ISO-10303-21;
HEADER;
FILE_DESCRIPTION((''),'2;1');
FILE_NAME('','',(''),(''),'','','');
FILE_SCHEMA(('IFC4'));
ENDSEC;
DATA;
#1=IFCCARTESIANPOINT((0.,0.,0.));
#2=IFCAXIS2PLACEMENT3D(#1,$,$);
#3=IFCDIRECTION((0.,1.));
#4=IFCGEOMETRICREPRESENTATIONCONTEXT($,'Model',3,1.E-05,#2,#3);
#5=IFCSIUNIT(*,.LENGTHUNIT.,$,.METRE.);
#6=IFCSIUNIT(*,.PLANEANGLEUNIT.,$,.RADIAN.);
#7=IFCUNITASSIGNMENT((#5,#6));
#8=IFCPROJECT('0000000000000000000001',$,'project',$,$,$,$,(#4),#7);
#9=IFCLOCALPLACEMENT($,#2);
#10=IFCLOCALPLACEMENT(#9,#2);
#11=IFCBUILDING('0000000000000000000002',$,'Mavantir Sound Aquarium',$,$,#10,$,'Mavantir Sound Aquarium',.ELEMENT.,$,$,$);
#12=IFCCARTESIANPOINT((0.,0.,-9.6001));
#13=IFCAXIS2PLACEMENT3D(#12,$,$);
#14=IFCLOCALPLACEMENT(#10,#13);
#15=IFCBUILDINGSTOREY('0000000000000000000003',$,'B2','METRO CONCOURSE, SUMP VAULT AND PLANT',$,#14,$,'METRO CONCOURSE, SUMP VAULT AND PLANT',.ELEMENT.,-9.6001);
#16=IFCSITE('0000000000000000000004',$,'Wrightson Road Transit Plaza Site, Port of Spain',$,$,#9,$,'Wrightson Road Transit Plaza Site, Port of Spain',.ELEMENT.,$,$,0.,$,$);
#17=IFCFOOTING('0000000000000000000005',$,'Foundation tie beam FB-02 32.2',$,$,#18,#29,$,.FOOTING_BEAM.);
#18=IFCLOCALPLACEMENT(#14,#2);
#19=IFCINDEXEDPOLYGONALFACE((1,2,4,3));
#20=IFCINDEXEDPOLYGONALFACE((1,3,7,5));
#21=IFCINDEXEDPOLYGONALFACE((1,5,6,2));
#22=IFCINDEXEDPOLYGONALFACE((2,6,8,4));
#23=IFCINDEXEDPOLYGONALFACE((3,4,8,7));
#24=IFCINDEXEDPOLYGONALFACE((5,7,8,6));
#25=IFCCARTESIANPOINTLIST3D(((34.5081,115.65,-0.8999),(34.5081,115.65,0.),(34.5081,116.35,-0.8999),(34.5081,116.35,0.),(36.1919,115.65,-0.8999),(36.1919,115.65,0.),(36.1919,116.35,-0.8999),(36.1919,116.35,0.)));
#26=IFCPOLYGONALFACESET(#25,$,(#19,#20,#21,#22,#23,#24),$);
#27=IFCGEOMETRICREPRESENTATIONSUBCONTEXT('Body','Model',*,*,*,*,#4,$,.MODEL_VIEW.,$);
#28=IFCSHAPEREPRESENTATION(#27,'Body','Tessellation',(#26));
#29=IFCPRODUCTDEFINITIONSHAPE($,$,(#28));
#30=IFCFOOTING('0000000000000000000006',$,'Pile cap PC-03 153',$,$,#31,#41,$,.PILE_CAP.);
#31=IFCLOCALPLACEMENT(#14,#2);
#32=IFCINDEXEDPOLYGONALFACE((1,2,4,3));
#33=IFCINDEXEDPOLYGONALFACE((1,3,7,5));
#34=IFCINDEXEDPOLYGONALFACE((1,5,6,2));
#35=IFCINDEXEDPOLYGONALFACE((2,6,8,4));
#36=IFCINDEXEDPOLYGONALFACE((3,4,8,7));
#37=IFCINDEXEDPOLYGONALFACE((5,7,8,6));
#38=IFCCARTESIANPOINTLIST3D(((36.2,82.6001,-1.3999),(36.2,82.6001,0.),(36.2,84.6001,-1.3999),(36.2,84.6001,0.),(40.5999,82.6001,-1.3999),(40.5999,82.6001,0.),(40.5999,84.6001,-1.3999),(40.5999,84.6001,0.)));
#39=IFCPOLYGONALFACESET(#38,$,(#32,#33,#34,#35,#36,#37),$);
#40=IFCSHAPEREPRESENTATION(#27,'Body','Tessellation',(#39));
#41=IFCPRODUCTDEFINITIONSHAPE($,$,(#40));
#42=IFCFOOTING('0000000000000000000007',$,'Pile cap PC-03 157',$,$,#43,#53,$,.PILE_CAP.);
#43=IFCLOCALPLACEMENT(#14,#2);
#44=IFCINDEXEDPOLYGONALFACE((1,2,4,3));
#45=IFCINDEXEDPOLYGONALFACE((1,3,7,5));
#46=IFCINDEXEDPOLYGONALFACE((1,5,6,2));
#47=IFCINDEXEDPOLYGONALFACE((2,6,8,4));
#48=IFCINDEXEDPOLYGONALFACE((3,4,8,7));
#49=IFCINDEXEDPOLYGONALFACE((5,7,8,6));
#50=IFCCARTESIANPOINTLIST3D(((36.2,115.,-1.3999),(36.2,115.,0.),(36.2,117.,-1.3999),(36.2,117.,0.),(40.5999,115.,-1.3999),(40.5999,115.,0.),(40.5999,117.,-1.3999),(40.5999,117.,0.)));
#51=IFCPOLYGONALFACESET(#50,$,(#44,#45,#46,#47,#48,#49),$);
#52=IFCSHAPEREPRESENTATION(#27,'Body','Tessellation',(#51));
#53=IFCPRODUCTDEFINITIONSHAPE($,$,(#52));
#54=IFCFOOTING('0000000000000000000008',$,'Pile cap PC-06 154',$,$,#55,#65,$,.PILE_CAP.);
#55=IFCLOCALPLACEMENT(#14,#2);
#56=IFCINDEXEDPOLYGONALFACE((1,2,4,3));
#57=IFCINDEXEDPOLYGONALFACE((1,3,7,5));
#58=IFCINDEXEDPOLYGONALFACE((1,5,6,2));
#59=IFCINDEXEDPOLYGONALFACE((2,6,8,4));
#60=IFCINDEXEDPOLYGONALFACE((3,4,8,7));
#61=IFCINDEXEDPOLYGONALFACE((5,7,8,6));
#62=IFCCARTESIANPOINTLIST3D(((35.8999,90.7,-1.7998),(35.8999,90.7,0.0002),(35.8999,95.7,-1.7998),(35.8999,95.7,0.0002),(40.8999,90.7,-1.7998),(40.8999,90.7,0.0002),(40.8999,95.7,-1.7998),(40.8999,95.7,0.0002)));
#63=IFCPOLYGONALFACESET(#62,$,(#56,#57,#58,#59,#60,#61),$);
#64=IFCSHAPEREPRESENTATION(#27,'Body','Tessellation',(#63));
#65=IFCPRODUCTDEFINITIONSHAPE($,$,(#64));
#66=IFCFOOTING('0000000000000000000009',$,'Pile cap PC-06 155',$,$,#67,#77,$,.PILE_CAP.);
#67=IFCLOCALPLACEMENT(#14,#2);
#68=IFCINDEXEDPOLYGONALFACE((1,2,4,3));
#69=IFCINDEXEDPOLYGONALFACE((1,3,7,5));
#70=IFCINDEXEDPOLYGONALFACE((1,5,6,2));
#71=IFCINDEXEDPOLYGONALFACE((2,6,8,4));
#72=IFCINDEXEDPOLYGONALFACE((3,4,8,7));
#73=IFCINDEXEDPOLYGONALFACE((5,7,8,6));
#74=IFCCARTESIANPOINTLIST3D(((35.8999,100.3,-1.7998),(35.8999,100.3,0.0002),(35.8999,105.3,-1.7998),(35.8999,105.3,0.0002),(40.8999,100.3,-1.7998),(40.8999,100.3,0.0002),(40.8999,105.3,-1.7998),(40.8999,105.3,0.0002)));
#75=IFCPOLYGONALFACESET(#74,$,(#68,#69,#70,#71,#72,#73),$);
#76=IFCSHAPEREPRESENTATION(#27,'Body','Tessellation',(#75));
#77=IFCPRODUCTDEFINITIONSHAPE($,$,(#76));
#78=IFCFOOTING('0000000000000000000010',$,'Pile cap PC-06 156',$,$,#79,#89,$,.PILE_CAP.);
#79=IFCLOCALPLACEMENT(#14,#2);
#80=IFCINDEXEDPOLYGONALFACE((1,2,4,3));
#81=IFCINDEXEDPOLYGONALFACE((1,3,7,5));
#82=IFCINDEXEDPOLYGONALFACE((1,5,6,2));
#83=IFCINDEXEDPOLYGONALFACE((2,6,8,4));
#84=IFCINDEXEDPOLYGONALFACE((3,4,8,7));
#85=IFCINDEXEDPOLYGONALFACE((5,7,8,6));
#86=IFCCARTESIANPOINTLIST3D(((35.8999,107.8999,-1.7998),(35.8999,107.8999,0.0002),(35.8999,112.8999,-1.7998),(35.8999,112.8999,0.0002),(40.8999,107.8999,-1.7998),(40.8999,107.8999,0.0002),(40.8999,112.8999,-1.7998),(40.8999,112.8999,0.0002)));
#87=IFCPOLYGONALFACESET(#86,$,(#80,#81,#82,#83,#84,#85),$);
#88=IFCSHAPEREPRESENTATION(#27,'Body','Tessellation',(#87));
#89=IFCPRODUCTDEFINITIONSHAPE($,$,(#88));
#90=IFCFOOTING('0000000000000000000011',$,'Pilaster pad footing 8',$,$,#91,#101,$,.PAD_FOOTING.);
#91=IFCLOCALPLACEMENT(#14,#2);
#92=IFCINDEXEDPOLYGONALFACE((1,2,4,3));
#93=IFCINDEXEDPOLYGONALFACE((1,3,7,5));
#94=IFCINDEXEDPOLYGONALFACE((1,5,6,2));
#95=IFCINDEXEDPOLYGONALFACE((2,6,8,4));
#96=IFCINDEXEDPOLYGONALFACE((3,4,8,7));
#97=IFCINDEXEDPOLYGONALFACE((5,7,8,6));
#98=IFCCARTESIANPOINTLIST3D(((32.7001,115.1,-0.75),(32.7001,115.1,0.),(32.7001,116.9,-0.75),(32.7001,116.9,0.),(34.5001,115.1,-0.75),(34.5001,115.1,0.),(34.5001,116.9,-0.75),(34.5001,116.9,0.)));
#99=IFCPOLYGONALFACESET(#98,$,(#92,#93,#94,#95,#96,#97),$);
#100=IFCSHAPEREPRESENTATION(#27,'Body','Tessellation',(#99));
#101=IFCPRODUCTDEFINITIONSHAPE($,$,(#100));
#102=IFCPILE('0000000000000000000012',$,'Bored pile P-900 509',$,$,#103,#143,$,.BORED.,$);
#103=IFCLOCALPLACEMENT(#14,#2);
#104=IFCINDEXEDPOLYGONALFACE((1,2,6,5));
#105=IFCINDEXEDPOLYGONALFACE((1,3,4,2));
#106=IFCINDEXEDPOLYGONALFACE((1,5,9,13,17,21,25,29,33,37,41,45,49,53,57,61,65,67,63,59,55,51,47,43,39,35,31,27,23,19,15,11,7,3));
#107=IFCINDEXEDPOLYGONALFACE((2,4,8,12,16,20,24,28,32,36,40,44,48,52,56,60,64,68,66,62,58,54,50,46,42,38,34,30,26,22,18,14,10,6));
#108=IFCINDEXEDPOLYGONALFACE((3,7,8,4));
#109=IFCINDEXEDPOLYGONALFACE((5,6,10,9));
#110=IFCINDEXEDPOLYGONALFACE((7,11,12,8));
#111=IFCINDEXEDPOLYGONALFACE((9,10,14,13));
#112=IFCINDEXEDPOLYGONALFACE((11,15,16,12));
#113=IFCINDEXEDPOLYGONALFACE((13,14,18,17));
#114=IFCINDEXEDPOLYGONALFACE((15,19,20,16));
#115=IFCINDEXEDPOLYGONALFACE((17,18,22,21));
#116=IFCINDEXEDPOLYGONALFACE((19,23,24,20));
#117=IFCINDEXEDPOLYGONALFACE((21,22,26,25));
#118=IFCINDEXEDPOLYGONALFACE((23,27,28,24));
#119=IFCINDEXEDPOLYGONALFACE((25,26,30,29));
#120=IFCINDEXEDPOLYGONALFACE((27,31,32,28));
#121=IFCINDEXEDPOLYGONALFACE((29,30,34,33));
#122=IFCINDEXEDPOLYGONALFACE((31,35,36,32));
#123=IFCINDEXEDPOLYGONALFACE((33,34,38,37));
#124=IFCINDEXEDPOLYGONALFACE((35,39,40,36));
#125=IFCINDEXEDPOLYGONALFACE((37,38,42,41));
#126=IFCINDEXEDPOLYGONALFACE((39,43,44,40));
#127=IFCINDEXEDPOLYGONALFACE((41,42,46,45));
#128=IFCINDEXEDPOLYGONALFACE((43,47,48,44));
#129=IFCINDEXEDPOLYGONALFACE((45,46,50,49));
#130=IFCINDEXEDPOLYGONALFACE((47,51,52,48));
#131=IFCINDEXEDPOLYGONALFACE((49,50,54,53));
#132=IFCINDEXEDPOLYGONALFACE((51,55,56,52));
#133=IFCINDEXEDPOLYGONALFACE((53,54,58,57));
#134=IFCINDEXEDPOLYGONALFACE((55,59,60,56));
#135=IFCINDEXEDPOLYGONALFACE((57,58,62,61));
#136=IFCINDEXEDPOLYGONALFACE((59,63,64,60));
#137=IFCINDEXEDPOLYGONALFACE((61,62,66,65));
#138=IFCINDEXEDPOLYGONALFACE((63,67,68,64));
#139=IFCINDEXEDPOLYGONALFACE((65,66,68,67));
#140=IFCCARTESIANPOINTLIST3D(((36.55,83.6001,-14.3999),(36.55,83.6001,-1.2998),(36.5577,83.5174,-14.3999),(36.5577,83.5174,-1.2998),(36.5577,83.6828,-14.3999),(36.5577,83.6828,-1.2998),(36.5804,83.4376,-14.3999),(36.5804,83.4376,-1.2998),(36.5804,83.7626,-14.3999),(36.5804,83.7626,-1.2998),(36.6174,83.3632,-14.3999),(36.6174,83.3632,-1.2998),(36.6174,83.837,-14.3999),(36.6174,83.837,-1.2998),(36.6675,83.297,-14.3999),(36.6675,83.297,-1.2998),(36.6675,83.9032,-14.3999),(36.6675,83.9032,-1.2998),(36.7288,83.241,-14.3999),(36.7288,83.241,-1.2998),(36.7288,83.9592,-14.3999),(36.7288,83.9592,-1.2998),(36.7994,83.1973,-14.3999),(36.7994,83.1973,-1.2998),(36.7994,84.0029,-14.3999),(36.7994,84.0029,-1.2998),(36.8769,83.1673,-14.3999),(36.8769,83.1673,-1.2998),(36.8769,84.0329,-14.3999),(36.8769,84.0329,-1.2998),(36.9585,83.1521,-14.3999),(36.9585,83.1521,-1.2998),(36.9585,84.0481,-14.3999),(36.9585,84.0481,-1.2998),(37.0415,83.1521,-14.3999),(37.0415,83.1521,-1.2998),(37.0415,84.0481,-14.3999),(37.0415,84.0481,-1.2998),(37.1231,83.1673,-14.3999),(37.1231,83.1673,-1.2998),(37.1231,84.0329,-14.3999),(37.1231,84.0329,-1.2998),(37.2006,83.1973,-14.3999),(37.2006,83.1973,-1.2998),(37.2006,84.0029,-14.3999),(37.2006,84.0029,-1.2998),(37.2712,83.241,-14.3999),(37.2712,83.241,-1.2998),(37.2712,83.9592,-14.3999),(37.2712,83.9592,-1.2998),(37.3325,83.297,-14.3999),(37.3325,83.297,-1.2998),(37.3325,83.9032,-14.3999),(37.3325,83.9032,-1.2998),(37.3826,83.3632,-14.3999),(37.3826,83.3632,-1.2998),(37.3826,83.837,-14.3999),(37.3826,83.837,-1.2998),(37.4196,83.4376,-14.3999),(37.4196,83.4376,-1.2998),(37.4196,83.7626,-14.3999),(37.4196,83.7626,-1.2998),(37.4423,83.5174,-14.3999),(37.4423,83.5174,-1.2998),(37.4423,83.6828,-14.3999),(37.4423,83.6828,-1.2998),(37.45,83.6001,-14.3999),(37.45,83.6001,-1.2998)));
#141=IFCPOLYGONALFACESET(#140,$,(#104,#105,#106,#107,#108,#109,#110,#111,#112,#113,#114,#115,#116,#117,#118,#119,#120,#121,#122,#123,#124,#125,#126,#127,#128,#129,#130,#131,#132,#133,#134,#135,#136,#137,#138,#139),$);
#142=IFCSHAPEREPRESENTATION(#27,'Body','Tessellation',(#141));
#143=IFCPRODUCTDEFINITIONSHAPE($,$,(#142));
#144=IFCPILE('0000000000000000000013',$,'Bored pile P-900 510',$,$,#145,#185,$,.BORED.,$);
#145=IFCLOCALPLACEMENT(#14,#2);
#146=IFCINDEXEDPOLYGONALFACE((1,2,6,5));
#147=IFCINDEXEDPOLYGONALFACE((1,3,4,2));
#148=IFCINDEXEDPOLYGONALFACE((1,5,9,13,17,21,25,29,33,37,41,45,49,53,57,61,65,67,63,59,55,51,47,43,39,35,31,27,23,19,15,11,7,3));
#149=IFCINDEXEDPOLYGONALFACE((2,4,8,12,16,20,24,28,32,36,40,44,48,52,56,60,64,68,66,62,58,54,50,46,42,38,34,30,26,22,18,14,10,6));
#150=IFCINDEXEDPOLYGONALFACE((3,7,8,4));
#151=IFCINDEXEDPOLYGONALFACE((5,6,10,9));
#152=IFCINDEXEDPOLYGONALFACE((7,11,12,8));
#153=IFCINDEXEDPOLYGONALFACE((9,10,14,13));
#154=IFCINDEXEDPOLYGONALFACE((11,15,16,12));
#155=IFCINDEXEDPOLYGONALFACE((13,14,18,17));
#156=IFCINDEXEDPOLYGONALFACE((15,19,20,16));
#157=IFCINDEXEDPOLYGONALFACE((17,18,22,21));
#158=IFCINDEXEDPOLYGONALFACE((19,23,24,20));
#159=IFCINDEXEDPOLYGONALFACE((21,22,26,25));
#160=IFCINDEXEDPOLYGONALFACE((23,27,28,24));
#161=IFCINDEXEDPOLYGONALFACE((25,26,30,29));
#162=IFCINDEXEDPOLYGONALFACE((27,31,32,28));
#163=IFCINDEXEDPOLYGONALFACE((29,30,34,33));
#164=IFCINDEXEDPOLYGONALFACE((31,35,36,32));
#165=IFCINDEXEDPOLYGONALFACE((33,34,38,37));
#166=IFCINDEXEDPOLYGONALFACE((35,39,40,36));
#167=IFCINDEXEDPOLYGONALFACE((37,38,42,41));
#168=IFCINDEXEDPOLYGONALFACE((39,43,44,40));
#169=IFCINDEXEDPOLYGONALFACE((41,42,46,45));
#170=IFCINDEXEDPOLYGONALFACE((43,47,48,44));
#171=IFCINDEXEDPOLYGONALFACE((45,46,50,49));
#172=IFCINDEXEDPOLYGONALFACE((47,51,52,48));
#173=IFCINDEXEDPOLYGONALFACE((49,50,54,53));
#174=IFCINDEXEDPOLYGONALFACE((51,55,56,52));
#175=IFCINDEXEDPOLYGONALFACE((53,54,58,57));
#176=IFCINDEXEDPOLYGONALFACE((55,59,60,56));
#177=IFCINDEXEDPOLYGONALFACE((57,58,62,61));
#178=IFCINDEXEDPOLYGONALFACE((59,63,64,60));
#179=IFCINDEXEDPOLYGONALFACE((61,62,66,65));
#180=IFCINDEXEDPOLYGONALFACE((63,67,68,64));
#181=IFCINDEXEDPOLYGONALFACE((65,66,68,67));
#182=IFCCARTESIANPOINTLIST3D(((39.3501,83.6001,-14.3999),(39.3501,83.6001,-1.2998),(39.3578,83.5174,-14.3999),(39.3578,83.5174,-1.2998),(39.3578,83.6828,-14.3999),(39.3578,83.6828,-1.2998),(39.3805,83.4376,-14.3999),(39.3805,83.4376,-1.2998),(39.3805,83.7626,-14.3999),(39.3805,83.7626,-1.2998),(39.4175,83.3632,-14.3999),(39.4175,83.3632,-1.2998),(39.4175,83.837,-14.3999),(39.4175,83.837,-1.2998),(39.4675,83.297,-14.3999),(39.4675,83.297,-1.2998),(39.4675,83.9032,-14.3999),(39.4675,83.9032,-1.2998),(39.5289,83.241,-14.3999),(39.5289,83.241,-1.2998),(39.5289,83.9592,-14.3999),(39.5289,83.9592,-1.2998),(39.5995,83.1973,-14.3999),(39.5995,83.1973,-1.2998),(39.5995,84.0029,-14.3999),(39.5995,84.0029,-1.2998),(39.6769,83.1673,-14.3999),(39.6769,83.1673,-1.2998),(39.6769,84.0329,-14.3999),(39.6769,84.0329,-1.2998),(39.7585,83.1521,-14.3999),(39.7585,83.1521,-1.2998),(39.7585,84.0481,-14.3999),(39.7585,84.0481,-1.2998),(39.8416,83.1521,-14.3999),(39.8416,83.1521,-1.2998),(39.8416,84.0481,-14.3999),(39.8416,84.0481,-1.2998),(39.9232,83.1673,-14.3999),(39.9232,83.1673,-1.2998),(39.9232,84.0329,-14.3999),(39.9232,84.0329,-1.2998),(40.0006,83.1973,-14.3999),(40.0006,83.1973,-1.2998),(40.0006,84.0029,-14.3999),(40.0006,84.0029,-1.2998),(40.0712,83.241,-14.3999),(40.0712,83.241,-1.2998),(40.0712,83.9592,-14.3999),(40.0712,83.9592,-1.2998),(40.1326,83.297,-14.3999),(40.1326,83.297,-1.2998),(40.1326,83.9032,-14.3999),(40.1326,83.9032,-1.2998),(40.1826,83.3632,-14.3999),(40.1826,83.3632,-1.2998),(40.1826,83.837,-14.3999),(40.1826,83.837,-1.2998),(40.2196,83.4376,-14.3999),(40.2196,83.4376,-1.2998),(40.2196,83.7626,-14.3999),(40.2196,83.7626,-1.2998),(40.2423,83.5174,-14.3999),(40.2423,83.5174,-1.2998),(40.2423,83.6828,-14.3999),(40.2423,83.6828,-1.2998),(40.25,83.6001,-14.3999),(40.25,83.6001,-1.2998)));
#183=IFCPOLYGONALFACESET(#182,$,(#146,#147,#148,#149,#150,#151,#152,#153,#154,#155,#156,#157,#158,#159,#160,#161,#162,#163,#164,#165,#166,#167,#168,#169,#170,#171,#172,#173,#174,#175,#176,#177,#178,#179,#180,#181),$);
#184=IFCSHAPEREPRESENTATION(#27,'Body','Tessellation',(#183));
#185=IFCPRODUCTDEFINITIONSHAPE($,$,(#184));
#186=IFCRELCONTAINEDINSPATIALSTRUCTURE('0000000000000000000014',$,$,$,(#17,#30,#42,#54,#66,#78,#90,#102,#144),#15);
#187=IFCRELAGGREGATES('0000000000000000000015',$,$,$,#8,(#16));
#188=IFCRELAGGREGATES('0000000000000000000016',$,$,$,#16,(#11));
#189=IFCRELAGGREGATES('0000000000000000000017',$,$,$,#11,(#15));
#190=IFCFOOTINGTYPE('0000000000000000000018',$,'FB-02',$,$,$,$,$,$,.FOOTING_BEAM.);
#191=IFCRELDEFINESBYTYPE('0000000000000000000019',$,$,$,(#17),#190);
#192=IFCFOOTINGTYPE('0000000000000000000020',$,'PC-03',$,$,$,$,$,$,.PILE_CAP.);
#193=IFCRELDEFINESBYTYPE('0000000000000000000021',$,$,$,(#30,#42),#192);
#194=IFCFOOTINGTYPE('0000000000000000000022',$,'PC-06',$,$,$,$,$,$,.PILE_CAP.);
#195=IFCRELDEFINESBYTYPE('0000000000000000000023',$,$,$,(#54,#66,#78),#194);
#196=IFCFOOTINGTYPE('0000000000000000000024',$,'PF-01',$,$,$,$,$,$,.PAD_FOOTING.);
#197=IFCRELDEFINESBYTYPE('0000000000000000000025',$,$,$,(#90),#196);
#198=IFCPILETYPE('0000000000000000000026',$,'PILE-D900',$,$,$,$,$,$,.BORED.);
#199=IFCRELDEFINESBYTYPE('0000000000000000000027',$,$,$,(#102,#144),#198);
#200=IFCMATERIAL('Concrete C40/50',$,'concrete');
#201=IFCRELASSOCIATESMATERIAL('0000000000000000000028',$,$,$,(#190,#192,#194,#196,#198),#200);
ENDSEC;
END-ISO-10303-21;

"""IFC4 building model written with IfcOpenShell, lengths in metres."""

from ifc_helpers import new_model, si_unit, direction, frame, origin, origin_2d, place, context, subcontext, project, spatial, rectangle, circle, extrude, material, material_profile, profile_set, type_object, element, save


model = new_model("IFC4")

# Units and contexts
model_context = context("Model", 3, precision=1e-05, world=origin(), true_north=direction((0.0, 1.0)))
body_context = subcontext(model_context, "Body", "Model", "MODEL_VIEW")
ifc_project = project(units=[si_unit("LENGTHUNIT", "METRE"), si_unit("PLANEANGLEUNIT", "RADIAN")], contexts=[model_context])

# Site, building, storey
site_placement = place(None, origin())
site = spatial("IfcSite", under=ifc_project, at=site_placement, Name="Wrightson Road Transit Plaza Site, Port of Spain", LongName="Wrightson Road Transit Plaza Site, Port of Spain", CompositionType="ELEMENT", RefElevation=0.0)
building_placement = place(site_placement, origin())
building = spatial("IfcBuilding", under=site, at=building_placement, Name="Mavantir Sound Aquarium", LongName="Mavantir Sound Aquarium", CompositionType="ELEMENT")
storey_placement = place(building_placement, frame((0.0, 0.0, -9.6001)))
storey = spatial("IfcBuildingStorey", under=building, at=storey_placement, Name="B2", Description="METRO CONCOURSE, SUMP VAULT AND PLANT", LongName="METRO CONCOURSE, SUMP VAULT AND PLANT", CompositionType="ELEMENT", Elevation=-9.6001)

# Footings
ifc_material_1 = material(Name="Concrete C40/50", Category="concrete")
ifc_material_profile_1 = material_profile(ifc_material_1, rectangle(XDim=0.7, YDim=0.8999, at=origin_2d()), Name="RC 700X900")
ifc_profile_set_1 = profile_set([ifc_material_profile_1], Name="Concrete C40/50")
footing_type_1 = type_object("IfcFootingType", Name="FB-02", PredefinedType="FOOTING_BEAM", material=ifc_profile_set_1)
footing_1_placement = place(storey_placement, frame((34.5081, 116.0, -0.45), z_axis=(1.0, 0.0, 0.0), x_axis=(0.0, 1.0, 0.0)))
element("IfcFooting", 1, at=footing_1_placement, inside=storey, type_object=footing_type_1, Name="Foundation tie beam FB-02 32.2", PredefinedType="FOOTING_BEAM", context=body_context, shape_type="SweptSolid", body=[
    extrude(rectangle(XDim=0.7, YDim=0.8999, at=origin_2d()), origin(), (0.0, 0.0, 1.0), 1.6838),
])
footing_type_2 = type_object("IfcFootingType", Name="PC-03", PredefinedType="PILE_CAP", material=ifc_material_1)
for number, where, z_axis, x_axis, name in (
    (2, (38.3999, 83.6001, -1.3999), (0.0, 0.0, 1.0), (1.0, 0.0, 0.0), "Pile cap PC-03 153"),
    (3, (38.3999, 116.0, -1.3999), (0.0, 0.0, 1.0), (1.0, 0.0, 0.0), "Pile cap PC-03 157"),
):
    element("IfcFooting", number, at=place(storey_placement, frame(where, z_axis=z_axis, x_axis=x_axis)), inside=storey, type_object=footing_type_2, Name=name, PredefinedType="PILE_CAP", context=body_context, shape_type="SweptSolid", body=[
        extrude(rectangle(XDim=4.3999, YDim=2.0, at=origin_2d()), origin(), (0.0, 0.0, 1.0), 1.3999),
    ])
footing_type_3 = type_object("IfcFootingType", Name="PC-06", PredefinedType="PILE_CAP", material=ifc_material_1)
for number, where, z_axis, x_axis, name in (
    (4, (38.3999, 93.2, -1.7998), (0.0, 0.0, 1.0), (1.0, 0.0, 0.0), "Pile cap PC-06 154"),
    (5, (38.3999, 102.8, -1.7998), (0.0, 0.0, 1.0), (1.0, 0.0, 0.0), "Pile cap PC-06 155"),
    (6, (38.3999, 110.3999, -1.7998), (0.0, 0.0, 1.0), (1.0, 0.0, 0.0), "Pile cap PC-06 156"),
):
    element("IfcFooting", number, at=place(storey_placement, frame(where, z_axis=z_axis, x_axis=x_axis)), inside=storey, type_object=footing_type_3, Name=name, PredefinedType="PILE_CAP", context=body_context, shape_type="SweptSolid", body=[
        extrude(rectangle(XDim=5.0, YDim=5.0, at=origin_2d()), origin(), (0.0, 0.0, 1.0), 1.8),
    ])
footing_type_4 = type_object("IfcFootingType", Name="PF-01", PredefinedType="PAD_FOOTING", material=ifc_material_1)
footing_2_placement = place(storey_placement, frame((33.6001, 116.0, -0.75), z_axis=(0.0, 0.0, 1.0), x_axis=(1.0, 0.0, 0.0)))
element("IfcFooting", 7, at=footing_2_placement, inside=storey, type_object=footing_type_4, Name="Pilaster pad footing 8", PredefinedType="PAD_FOOTING", context=body_context, shape_type="SweptSolid", body=[
    extrude(rectangle(XDim=1.8, YDim=1.8, at=origin_2d()), origin(), (0.0, 0.0, 1.0), 0.75),
])

# Piles
ifc_material_profile_2 = material_profile(ifc_material_1, circle(Radius=0.45, at=origin_2d()), Name="PILE D900")
ifc_profile_set_2 = profile_set([ifc_material_profile_2], Name="Concrete C40/50")
pile_type = type_object("IfcPileType", Name="PILE-D900", PredefinedType="BORED", material=ifc_profile_set_2)
for number, where, z_axis, x_axis, name in (
    (8, (37.0, 83.6001, -1.2998), (0.0, 0.0, -1.0), (1.0, 0.0, 0.0), "Bored pile P-900 509"),
    (9, (39.8, 83.6001, -1.2998), (0.0, 0.0, -1.0), (1.0, 0.0, 0.0), "Bored pile P-900 510"),
):
    element("IfcPile", number, at=place(storey_placement, frame(where, z_axis=z_axis, x_axis=x_axis)), inside=storey, type_object=pile_type, Name=name, PredefinedType="BORED", context=body_context, shape_type="SweptSolid", body=[
        extrude(circle(Radius=0.45, at=origin_2d()), origin(), (0.0, 0.0, 1.0), 13.1001),
    ])

save(model, "model.ifc")
